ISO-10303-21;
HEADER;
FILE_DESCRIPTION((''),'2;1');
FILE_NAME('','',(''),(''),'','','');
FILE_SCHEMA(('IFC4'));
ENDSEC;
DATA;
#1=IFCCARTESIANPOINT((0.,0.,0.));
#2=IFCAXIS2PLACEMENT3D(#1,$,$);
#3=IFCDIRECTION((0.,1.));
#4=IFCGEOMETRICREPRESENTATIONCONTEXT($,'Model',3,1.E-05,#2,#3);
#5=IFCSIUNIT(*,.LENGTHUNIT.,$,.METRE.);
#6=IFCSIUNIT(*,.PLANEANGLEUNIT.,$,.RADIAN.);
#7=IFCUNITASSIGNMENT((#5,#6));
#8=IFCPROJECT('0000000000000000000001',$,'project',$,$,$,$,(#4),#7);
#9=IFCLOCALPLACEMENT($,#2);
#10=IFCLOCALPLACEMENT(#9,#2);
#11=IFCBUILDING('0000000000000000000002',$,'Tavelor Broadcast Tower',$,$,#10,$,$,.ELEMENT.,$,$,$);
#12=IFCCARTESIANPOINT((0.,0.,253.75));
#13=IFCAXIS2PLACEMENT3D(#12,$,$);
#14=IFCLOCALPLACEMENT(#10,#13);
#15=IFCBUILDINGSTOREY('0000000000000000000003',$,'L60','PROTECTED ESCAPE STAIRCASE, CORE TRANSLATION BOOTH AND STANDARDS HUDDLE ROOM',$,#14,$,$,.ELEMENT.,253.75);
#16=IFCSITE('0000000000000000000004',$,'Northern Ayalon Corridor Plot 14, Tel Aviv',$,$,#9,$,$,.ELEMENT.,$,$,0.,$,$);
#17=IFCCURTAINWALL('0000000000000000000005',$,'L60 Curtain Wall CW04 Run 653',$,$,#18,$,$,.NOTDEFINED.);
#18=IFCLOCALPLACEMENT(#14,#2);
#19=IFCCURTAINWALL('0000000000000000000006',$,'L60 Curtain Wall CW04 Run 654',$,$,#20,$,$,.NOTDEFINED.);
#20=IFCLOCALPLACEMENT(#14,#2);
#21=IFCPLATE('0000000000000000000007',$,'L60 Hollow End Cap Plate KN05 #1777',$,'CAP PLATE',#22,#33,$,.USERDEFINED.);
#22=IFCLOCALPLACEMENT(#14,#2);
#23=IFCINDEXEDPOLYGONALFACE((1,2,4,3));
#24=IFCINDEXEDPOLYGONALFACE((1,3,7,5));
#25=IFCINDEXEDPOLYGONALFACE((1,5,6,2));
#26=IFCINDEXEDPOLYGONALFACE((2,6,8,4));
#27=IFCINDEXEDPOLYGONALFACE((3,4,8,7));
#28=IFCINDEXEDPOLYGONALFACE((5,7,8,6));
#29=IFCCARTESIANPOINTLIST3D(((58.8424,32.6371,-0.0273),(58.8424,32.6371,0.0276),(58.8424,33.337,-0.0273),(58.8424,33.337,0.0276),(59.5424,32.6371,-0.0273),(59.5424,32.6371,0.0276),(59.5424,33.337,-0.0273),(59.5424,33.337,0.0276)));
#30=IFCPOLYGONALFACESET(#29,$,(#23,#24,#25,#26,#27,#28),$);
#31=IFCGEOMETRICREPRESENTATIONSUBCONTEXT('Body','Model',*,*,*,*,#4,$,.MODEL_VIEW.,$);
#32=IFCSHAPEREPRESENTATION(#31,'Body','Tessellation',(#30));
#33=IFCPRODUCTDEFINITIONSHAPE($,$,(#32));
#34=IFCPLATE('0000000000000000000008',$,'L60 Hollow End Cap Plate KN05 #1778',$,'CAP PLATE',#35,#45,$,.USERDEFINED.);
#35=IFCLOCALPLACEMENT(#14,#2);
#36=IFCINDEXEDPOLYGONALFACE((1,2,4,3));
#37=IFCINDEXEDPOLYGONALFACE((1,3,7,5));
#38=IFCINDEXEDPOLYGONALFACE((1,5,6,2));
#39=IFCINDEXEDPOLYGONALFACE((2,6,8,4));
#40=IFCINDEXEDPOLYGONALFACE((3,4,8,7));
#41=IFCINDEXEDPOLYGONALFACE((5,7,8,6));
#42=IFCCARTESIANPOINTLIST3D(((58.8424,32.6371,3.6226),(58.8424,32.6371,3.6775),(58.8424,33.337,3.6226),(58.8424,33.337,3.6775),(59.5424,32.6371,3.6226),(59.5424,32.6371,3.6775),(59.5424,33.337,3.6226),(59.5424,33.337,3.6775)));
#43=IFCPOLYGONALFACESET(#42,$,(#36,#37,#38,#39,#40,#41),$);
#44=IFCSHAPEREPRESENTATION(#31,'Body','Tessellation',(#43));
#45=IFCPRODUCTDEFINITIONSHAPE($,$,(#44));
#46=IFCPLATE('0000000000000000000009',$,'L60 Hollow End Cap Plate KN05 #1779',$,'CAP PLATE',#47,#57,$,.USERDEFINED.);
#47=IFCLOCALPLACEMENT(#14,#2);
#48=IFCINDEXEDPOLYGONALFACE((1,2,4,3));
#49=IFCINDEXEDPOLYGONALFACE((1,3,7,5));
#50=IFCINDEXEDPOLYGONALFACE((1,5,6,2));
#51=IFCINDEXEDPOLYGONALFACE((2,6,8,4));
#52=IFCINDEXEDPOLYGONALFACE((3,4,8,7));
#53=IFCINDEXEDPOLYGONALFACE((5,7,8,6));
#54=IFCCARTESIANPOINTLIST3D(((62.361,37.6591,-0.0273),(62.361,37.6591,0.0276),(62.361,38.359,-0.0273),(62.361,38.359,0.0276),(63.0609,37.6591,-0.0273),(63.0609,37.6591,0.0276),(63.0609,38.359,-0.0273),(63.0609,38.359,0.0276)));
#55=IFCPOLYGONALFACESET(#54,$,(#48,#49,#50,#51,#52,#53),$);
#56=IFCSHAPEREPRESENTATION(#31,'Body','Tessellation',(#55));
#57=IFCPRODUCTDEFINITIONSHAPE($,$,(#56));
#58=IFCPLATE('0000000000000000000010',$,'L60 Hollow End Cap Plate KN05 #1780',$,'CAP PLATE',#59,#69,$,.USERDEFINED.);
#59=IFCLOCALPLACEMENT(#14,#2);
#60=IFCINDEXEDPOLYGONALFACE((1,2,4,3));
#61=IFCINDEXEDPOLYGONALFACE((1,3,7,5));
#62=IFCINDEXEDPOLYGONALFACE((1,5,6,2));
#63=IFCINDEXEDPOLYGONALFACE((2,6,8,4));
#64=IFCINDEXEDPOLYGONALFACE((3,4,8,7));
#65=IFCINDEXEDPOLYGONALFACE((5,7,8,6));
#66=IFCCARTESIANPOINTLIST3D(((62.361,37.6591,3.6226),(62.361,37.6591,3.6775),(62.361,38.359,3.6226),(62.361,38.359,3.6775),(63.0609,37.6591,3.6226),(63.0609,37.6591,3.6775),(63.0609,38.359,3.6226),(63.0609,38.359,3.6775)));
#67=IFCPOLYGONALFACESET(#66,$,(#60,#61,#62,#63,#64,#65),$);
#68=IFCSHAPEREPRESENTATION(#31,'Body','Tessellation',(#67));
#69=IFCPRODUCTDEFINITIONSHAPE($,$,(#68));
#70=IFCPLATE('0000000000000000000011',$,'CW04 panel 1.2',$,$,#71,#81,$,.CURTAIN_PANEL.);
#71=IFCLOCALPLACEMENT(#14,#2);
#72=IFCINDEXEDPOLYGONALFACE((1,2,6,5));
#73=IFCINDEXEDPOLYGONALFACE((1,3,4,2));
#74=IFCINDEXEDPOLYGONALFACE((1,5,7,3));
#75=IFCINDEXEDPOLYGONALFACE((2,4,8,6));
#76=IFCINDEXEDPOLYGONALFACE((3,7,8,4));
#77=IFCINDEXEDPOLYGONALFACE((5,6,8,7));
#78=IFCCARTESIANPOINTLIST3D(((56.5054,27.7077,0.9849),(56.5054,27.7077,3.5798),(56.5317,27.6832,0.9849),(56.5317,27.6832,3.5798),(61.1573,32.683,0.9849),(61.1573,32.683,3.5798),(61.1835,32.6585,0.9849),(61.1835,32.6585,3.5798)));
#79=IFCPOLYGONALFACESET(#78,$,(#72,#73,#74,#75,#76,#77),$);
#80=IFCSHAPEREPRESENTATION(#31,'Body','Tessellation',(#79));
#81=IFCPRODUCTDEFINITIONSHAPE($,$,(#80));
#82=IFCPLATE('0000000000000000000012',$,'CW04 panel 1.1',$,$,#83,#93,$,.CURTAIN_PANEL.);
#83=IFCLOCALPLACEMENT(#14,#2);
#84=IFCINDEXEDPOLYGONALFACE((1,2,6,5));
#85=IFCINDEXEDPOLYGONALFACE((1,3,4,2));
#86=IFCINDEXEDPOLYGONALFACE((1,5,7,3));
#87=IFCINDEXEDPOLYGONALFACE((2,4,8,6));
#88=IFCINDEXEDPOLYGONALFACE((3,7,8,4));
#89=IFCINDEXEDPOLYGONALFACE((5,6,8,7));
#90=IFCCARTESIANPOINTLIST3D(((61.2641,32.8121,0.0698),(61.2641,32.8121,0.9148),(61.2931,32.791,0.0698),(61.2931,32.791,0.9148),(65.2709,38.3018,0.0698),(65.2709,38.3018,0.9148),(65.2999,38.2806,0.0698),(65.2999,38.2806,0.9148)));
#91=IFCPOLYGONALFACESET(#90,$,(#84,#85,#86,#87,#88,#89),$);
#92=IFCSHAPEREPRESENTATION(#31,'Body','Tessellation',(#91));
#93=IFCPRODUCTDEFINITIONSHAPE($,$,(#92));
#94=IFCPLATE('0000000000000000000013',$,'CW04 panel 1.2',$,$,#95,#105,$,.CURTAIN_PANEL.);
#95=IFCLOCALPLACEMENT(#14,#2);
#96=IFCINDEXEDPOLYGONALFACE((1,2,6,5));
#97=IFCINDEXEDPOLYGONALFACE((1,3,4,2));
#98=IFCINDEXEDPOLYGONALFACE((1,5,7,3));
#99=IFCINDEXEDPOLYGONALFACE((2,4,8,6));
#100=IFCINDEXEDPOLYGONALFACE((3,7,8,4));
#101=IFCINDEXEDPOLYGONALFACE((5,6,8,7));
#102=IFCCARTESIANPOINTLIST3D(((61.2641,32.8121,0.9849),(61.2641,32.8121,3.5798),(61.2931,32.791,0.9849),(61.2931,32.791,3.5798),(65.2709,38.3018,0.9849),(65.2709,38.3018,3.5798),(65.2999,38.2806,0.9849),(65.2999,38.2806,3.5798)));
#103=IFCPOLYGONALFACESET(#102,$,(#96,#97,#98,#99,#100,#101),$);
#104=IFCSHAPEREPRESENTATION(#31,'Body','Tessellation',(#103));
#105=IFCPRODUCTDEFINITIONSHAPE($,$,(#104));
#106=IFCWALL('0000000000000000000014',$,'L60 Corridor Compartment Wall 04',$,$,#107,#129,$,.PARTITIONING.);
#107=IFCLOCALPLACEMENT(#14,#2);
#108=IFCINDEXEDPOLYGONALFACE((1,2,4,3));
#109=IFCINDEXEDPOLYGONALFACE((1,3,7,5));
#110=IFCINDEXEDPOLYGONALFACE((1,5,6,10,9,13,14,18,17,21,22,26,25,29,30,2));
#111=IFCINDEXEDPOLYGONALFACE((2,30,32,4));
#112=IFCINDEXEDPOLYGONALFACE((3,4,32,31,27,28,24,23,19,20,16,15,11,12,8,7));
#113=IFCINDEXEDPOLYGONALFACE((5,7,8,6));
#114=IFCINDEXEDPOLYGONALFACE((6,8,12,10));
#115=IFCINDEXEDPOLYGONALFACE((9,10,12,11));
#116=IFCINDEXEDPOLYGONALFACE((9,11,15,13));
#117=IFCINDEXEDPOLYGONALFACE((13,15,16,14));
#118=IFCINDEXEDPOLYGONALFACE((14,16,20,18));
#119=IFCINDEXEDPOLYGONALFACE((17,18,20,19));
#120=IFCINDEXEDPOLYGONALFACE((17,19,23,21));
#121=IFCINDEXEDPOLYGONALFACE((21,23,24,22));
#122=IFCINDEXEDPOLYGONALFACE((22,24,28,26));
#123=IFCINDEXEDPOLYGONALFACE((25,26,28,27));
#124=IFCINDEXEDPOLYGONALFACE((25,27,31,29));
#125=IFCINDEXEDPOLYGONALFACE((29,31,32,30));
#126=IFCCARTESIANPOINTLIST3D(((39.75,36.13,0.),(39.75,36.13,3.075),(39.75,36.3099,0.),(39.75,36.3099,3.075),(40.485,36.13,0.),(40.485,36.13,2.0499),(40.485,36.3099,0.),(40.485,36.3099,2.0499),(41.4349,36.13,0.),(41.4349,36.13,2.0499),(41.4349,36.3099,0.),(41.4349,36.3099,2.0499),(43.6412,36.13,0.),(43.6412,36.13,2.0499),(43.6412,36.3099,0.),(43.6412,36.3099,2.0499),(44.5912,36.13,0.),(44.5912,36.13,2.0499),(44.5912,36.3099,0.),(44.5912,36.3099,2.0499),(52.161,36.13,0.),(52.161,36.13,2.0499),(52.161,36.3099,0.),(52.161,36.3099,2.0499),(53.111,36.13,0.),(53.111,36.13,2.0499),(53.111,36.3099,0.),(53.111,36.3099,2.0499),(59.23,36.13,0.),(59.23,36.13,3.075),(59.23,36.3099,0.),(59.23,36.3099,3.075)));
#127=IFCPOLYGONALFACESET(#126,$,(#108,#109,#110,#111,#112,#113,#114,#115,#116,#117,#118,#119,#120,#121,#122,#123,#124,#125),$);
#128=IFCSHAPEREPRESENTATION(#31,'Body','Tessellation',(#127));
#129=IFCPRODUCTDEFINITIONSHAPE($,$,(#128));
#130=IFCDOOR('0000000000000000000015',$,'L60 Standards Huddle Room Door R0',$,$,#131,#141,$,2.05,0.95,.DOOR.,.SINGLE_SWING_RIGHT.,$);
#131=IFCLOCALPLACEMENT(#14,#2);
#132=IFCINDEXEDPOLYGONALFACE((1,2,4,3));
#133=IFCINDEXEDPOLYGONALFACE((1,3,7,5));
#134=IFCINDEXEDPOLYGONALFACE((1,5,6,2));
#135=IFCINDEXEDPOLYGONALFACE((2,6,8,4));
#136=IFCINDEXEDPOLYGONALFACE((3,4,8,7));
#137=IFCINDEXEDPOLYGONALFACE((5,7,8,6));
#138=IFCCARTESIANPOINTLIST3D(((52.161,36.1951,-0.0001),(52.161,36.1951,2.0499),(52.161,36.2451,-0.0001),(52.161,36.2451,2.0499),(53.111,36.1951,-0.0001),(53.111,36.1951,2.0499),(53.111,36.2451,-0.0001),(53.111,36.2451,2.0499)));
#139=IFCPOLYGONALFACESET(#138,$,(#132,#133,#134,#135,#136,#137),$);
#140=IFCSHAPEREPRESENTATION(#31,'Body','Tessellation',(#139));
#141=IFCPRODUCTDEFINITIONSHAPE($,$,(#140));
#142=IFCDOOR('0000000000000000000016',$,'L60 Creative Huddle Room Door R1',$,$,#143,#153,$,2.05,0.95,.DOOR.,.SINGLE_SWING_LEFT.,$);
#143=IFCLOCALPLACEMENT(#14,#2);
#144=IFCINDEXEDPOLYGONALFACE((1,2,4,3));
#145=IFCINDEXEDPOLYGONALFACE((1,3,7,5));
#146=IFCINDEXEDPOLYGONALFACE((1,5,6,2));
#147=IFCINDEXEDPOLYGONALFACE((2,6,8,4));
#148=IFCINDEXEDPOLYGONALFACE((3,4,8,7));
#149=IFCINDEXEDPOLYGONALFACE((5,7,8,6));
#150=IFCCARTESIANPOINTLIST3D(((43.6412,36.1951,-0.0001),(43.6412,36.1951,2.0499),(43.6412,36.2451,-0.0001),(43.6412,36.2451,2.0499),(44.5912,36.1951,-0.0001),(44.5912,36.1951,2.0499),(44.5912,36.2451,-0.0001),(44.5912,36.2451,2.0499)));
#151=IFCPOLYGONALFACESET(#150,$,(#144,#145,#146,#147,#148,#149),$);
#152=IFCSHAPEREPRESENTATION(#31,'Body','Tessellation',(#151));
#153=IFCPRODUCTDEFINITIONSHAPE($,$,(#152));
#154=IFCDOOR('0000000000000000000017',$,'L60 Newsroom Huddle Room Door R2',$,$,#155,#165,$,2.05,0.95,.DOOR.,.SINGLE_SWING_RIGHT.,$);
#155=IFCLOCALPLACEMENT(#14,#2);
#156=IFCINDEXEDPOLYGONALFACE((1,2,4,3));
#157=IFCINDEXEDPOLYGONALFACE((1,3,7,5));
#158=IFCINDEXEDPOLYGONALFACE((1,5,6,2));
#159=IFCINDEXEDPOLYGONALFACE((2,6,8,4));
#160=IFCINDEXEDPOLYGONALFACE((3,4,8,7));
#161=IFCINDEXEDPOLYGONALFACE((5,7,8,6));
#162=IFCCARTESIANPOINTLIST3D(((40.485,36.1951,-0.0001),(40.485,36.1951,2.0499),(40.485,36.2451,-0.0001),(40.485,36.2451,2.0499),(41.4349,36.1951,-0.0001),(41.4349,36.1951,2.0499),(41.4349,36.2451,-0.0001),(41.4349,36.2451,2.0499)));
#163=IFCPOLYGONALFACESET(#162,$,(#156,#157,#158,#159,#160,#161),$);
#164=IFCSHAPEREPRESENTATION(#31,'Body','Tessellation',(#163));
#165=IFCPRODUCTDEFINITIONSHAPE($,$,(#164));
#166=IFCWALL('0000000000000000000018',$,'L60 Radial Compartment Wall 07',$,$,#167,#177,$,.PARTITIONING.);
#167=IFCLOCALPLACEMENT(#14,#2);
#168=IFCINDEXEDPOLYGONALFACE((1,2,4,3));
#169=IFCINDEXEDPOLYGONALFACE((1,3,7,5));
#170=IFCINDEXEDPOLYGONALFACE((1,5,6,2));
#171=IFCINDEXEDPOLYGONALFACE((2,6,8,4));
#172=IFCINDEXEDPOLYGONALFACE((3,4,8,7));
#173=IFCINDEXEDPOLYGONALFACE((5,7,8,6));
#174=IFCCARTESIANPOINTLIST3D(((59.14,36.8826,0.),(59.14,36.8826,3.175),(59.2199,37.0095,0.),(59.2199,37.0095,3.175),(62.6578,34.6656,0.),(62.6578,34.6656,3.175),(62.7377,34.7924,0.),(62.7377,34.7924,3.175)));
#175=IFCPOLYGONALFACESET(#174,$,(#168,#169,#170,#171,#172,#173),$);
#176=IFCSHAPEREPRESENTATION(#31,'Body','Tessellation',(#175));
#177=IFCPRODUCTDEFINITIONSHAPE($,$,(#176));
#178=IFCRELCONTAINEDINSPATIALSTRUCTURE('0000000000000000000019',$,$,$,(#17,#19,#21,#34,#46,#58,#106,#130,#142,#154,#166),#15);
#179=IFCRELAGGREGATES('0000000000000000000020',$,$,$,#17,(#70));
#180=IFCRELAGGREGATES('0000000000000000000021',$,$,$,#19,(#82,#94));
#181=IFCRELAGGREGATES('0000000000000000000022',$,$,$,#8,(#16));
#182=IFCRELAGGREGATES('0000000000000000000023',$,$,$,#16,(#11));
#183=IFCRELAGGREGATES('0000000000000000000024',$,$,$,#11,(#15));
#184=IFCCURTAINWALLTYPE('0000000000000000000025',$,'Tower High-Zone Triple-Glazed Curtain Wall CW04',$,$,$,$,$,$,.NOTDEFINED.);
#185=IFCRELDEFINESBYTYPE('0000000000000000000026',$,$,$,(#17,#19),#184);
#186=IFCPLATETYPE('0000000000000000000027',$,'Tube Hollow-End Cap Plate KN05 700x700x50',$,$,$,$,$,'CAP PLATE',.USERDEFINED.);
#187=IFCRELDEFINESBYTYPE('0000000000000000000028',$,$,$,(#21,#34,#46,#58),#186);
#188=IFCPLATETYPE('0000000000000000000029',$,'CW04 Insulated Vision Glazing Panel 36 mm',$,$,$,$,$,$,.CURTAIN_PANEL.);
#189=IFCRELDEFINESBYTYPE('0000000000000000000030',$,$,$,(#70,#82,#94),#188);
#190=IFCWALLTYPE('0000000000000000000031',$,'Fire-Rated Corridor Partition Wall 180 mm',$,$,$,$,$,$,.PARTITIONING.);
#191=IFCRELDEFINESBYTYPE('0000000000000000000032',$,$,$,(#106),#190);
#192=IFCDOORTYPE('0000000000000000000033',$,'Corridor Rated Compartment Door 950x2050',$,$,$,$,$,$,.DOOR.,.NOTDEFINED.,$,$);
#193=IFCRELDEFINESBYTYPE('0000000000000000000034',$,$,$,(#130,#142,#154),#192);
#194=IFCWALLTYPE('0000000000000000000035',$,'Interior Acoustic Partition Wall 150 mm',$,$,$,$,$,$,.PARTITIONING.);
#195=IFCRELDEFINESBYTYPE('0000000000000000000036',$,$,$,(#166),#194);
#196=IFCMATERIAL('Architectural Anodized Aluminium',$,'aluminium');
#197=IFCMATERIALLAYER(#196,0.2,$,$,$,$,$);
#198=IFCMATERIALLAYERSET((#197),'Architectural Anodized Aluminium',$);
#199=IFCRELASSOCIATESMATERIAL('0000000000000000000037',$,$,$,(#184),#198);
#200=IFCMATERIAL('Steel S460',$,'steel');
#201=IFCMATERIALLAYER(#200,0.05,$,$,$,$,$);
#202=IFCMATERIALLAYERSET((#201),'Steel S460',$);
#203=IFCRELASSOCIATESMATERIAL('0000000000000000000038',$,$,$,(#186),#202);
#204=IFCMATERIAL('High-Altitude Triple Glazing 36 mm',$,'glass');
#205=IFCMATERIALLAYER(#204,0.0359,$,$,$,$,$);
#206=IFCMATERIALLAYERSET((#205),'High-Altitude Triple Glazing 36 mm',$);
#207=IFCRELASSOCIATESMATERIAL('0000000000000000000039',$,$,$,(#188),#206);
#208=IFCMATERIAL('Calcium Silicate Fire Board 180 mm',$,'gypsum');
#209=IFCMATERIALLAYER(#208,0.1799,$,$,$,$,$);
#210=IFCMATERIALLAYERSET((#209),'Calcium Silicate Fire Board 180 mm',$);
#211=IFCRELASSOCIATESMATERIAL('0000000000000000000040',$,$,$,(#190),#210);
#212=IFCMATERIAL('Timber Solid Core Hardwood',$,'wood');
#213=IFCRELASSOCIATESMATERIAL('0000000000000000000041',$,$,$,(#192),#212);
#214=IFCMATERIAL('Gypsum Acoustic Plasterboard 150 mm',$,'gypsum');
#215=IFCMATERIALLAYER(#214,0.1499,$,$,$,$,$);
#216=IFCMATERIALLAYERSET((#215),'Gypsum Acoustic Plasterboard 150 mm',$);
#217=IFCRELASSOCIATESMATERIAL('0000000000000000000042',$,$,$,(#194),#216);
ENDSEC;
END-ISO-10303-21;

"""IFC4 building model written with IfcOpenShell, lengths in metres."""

from ifc_helpers import new_model, si_unit, direction, frame, frame_2d, origin, origin_2d, place, context, subcontext, project, spatial, rectangle, extrude, source, transform, mapped, material, layer, layer_set, type_object, type_shapes, element, fill, aggregate, save


model = new_model("IFC4")

# Units and contexts
model_context = context("Model", 3, precision=1e-05, world=origin(), true_north=direction((0.0, 1.0)))
body_context = subcontext(model_context, "Body", "Model", "MODEL_VIEW")
ifc_project = project(units=[si_unit("LENGTHUNIT", "METRE"), si_unit("PLANEANGLEUNIT", "RADIAN")], contexts=[model_context])

# Site, building, storey
site_placement = place(None, origin())
site = spatial("IfcSite", under=ifc_project, at=site_placement, Name="Northern Ayalon Corridor Plot 14, Tel Aviv", CompositionType="ELEMENT", RefElevation=0.0)
building_placement = place(site_placement, origin())
building = spatial("IfcBuilding", under=site, at=building_placement, Name="Tavelor Broadcast Tower", CompositionType="ELEMENT")
storey_placement = place(building_placement, frame((0.0, 0.0, 253.75)))
storey = spatial("IfcBuildingStorey", under=building, at=storey_placement, Name="L60", Description="PROTECTED ESCAPE STAIRCASE, CORE TRANSLATION BOOTH AND STANDARDS HUDDLE ROOM", CompositionType="ELEMENT", Elevation=253.75)

# Shared definitions
ifc_material_1 = material(Name="Steel S460", Category="steel")

# Curtain wall
ifc_material_2 = material(Name="Architectural Anodized Aluminium", Category="aluminium")
ifc_layer_1 = layer(ifc_material_2, 0.2)
ifc_layer_set_1 = layer_set([ifc_layer_1], Name="Architectural Anodized Aluminium")
curtain_wall_type = type_object("IfcCurtainWallType", Name="Tower High-Zone Triple-Glazed Curtain Wall CW04", PredefinedType="NOTDEFINED", material=ifc_layer_set_1)
curtain_wall_1_placement = place(storey_placement, origin())
curtain_wall_1 = element("IfcCurtainWall", 1, at=curtain_wall_1_placement, inside=storey, type_object=curtain_wall_type, Name="L60 Curtain Wall CW04 Run 653", PredefinedType="NOTDEFINED")

# Curtain wall
curtain_wall_2_placement = place(storey_placement, origin())
curtain_wall_2 = element("IfcCurtainWall", 2, at=curtain_wall_2_placement, inside=storey, type_object=curtain_wall_type, Name="L60 Curtain Wall CW04 Run 654", PredefinedType="NOTDEFINED")

# Plates
ifc_layer_2 = layer(ifc_material_1, 0.05)
ifc_layer_set_2 = layer_set([ifc_layer_2], Name="Steel S460")
plate_type_1 = type_object("IfcPlateType", Name="Tube Hollow-End Cap Plate KN05 700x700x50", ElementType="CAP PLATE", PredefinedType="USERDEFINED", material=ifc_layer_set_2)
shared_shape_1 = source(origin(), body_context, "Body", "SweptSolid", [
    extrude(rectangle(XDim=0.7, YDim=0.7, at=origin_2d()), origin(), (0.0, 0.0, 1.0), 0.0549),
])
type_shapes(plate_type_1, [shared_shape_1])
for number, where, z_axis, x_axis, name in (
    (3, (59.1924, 32.9871, -0.0273), (0.0, 0.0, 1.0), (1.0, 0.0, 0.0), "L60 Hollow End Cap Plate KN05 #1777"),
    (4, (59.1924, 32.9871, 3.6226), (0.0, 0.0, 1.0), (1.0, 0.0, 0.0), "L60 Hollow End Cap Plate KN05 #1778"),
    (5, (62.7109, 38.009, -0.0273), (0.0, 0.0, 1.0), (1.0, 0.0, 0.0), "L60 Hollow End Cap Plate KN05 #1779"),
    (6, (62.7109, 38.009, 3.6226), (0.0, 0.0, 1.0), (1.0, 0.0, 0.0), "L60 Hollow End Cap Plate KN05 #1780"),
):
    element("IfcPlate", number, at=place(storey_placement, frame(where, z_axis=z_axis, x_axis=x_axis)), inside=storey, type_object=plate_type_1, Name=name, ObjectType="CAP PLATE", PredefinedType="USERDEFINED", context=body_context, shape_type="MappedRepresentation", body=[
        mapped(shared_shape_1, transform((0.0, 0.0, 0.0), scale=1.0)),
    ])

# Plates
ifc_material_3 = material(Name="High-Altitude Triple Glazing 36 mm", Category="glass")
ifc_layer_3 = layer(ifc_material_3, 0.0359)
ifc_layer_set_3 = layer_set([ifc_layer_3], Name="High-Altitude Triple Glazing 36 mm")
plate_type_2 = type_object("IfcPlateType", Name="CW04 Insulated Vision Glazing Panel 36 mm", PredefinedType="CURTAIN_PANEL", material=ifc_layer_set_3)
shared_shape_2 = source(origin(), body_context, "Body", "SweptSolid", [
    extrude(rectangle(XDim=6.8113, YDim=0.0359, at=origin_2d()), origin(), (0.0, 0.0, 1.0), 2.595),
])
plate_1_placement = place(storey_placement, frame((58.8445, 30.1831, 0.9849), z_axis=(0.0, 0.0, 1.0), x_axis=(0.682964, 0.730452, 0.0)))
plate_1 = element("IfcPlate", 7, at=plate_1_placement, type_object=plate_type_2, Name="CW04 panel 1.2", PredefinedType="CURTAIN_PANEL", context=body_context, shape_type="MappedRepresentation", body=[
    mapped(shared_shape_2, transform((0.0, 0.0, 0.0), scale=1.0)),
])
aggregate(curtain_wall_1, [plate_1])
shared_shape_3 = source(origin(), body_context, "Body", "SweptSolid", [
    extrude(rectangle(XDim=6.7964, YDim=0.0359, at=origin_2d()), origin(), (0.0, 0.0, 1.0), 0.845),
])
plate_2_placement = place(storey_placement, frame((63.282, 35.5464, 0.0698), z_axis=(0.0, 0.0, 1.0), x_axis=(0.589548, 0.807733, 0.0)))
plate_2 = element("IfcPlate", 8, at=plate_2_placement, type_object=plate_type_2, Name="CW04 panel 1.1", PredefinedType="CURTAIN_PANEL", context=body_context, shape_type="MappedRepresentation", body=[
    mapped(shared_shape_3, transform((0.0, 0.0, 0.0), scale=1.0)),
])
shared_shape_4 = source(origin(), body_context, "Body", "SweptSolid", [
    extrude(rectangle(XDim=6.7964, YDim=0.0359, at=origin_2d()), origin(), (0.0, 0.0, 1.0), 2.595),
])
type_shapes(plate_type_2, [shared_shape_2, shared_shape_3, shared_shape_4])
plate_3_placement = place(storey_placement, frame((63.282, 35.5464, 0.9849), z_axis=(0.0, 0.0, 1.0), x_axis=(0.589548, 0.807733, 0.0)))
plate_3 = element("IfcPlate", 9, at=plate_3_placement, type_object=plate_type_2, Name="CW04 panel 1.2", PredefinedType="CURTAIN_PANEL", context=body_context, shape_type="MappedRepresentation", body=[
    mapped(shared_shape_4, transform((0.0, 0.0, 0.0), scale=1.0)),
])
aggregate(curtain_wall_2, [plate_2, plate_3])

# Wall, openings, doors
ifc_material_4 = material(Name="Calcium Silicate Fire Board 180 mm", Category="gypsum")
ifc_layer_4 = layer(ifc_material_4, 0.1799)
ifc_layer_set_4 = layer_set([ifc_layer_4], Name="Calcium Silicate Fire Board 180 mm")
wall_type_1 = type_object("IfcWallType", Name="Fire-Rated Corridor Partition Wall 180 mm", PredefinedType="PARTITIONING", material=ifc_layer_set_4)
wall_1_placement = place(storey_placement, frame((59.23, 36.22, 0.0), z_axis=(0.0, 0.0, 1.0), x_axis=(-1.0, 0.0, 0.0)))
wall_1 = element("IfcWall", 10, at=wall_1_placement, inside=storey, type_object=wall_type_1, Name="L60 Corridor Compartment Wall 04", PredefinedType="PARTITIONING", context=body_context, shape_type="SweptSolid", body=[
    extrude(rectangle(XDim=19.48, YDim=0.1799, at=frame_2d((9.74, 0.0))), origin(), (0.0, 0.0, 1.0), 3.075),
])
opening_1_placement = place(wall_1_placement, frame((6.1189, 0.0, 0.0)))
opening_1 = element("IfcOpeningElement", 11, at=opening_1_placement, cuts=wall_1, PredefinedType="OPENING", context=body_context, shape_type="SweptSolid", body=[
    extrude(rectangle(XDim=0.95, YDim=2.05, at=frame_2d((0.4751, 1.0249))), frame((0.0, 0.1001, 0.0), z_axis=(0.0, -1.0, 0.0), x_axis=(1.0, 0.0, 0.0)), (0.0, 0.0, 1.0), 0.2),
])
opening_2_placement = place(wall_1_placement, frame((14.6387, 0.0, 0.0)))
opening_2 = element("IfcOpeningElement", 12, at=opening_2_placement, cuts=wall_1, PredefinedType="OPENING", context=body_context, shape_type="SweptSolid", body=[
    extrude(rectangle(XDim=0.95, YDim=2.05, at=frame_2d((0.4751, 1.0249))), frame((0.0, 0.1001, 0.0), z_axis=(0.0, -1.0, 0.0), x_axis=(1.0, 0.0, 0.0)), (0.0, 0.0, 1.0), 0.2),
])
opening_3_placement = place(wall_1_placement, frame((17.7949, 0.0, 0.0)))
opening_3 = element("IfcOpeningElement", 13, at=opening_3_placement, cuts=wall_1, PredefinedType="OPENING", context=body_context, shape_type="SweptSolid", body=[
    extrude(rectangle(XDim=0.95, YDim=2.05, at=frame_2d((0.4751, 1.0249))), frame((0.0, 0.1001, 0.0), z_axis=(0.0, -1.0, 0.0), x_axis=(1.0, 0.0, 0.0)), (0.0, 0.0, 1.0), 0.2),
])
ifc_material_5 = material(Name="Timber Solid Core Hardwood", Category="wood")
door_type = type_object("IfcDoorType", Name="Corridor Rated Compartment Door 950x2050", OperationType="NOTDEFINED", PredefinedType="DOOR", material=ifc_material_5)
door_1_placement = place(opening_1_placement, origin())
door_1 = element("IfcDoor", 14, at=door_1_placement, inside=storey, type_object=door_type, Name="L60 Standards Huddle Room Door R0", OperationType="SINGLE_SWING_RIGHT", OverallHeight=2.05, OverallWidth=0.95, PredefinedType="DOOR", context=body_context, shape_type="SweptSolid", body=[
    extrude(rectangle(XDim=0.95, YDim=2.05, at=frame_2d((0.4751, 1.0249))), frame((0.0, 0.0249, 0.0), z_axis=(0.0, -1.0, 0.0), x_axis=(1.0, 0.0, 0.0)), (0.0, 0.0, 1.0), 0.05),
])
fill(opening_1, door_1)
door_2_placement = place(opening_2_placement, origin())
door_2 = element("IfcDoor", 15, at=door_2_placement, inside=storey, type_object=door_type, Name="L60 Creative Huddle Room Door R1", OperationType="SINGLE_SWING_LEFT", OverallHeight=2.05, OverallWidth=0.95, PredefinedType="DOOR", context=body_context, shape_type="SweptSolid", body=[
    extrude(rectangle(XDim=0.95, YDim=2.05, at=frame_2d((0.4751, 1.0249))), frame((0.0, 0.0249, 0.0), z_axis=(0.0, -1.0, 0.0), x_axis=(1.0, 0.0, 0.0)), (0.0, 0.0, 1.0), 0.05),
])
fill(opening_2, door_2)
door_3_placement = place(opening_3_placement, origin())
door_3 = element("IfcDoor", 16, at=door_3_placement, inside=storey, type_object=door_type, Name="L60 Newsroom Huddle Room Door R2", OperationType="SINGLE_SWING_RIGHT", OverallHeight=2.05, OverallWidth=0.95, PredefinedType="DOOR", context=body_context, shape_type="SweptSolid", body=[
    extrude(rectangle(XDim=0.95, YDim=2.05, at=frame_2d((0.4751, 1.0249))), frame((0.0, 0.0249, 0.0), z_axis=(0.0, -1.0, 0.0), x_axis=(1.0, 0.0, 0.0)), (0.0, 0.0, 1.0), 0.05),
])
fill(opening_3, door_3)

# Wall
ifc_material_6 = material(Name="Gypsum Acoustic Plasterboard 150 mm", Category="gypsum")
ifc_layer_5 = layer(ifc_material_6, 0.1499)
ifc_layer_set_5 = layer_set([ifc_layer_5], Name="Gypsum Acoustic Plasterboard 150 mm")
wall_type_2 = type_object("IfcWallType", Name="Interior Acoustic Partition Wall 150 mm", PredefinedType="PARTITIONING", material=ifc_layer_set_5)
wall_2_placement = place(storey_placement, frame((59.1799, 36.946, 0.0), z_axis=(0.0, 0.0, 1.0), x_axis=(0.846003, -0.533178, 0.0)))
element("IfcWall", 17, at=wall_2_placement, inside=storey, type_object=wall_type_2, Name="L60 Radial Compartment Wall 07", PredefinedType="PARTITIONING", context=body_context, shape_type="SweptSolid", body=[
    extrude(rectangle(XDim=4.1582, YDim=0.1499, at=frame_2d((2.0791, 0.0))), origin(), (0.0, 0.0, 1.0), 3.175),
])

save(model, "model.ifc")
